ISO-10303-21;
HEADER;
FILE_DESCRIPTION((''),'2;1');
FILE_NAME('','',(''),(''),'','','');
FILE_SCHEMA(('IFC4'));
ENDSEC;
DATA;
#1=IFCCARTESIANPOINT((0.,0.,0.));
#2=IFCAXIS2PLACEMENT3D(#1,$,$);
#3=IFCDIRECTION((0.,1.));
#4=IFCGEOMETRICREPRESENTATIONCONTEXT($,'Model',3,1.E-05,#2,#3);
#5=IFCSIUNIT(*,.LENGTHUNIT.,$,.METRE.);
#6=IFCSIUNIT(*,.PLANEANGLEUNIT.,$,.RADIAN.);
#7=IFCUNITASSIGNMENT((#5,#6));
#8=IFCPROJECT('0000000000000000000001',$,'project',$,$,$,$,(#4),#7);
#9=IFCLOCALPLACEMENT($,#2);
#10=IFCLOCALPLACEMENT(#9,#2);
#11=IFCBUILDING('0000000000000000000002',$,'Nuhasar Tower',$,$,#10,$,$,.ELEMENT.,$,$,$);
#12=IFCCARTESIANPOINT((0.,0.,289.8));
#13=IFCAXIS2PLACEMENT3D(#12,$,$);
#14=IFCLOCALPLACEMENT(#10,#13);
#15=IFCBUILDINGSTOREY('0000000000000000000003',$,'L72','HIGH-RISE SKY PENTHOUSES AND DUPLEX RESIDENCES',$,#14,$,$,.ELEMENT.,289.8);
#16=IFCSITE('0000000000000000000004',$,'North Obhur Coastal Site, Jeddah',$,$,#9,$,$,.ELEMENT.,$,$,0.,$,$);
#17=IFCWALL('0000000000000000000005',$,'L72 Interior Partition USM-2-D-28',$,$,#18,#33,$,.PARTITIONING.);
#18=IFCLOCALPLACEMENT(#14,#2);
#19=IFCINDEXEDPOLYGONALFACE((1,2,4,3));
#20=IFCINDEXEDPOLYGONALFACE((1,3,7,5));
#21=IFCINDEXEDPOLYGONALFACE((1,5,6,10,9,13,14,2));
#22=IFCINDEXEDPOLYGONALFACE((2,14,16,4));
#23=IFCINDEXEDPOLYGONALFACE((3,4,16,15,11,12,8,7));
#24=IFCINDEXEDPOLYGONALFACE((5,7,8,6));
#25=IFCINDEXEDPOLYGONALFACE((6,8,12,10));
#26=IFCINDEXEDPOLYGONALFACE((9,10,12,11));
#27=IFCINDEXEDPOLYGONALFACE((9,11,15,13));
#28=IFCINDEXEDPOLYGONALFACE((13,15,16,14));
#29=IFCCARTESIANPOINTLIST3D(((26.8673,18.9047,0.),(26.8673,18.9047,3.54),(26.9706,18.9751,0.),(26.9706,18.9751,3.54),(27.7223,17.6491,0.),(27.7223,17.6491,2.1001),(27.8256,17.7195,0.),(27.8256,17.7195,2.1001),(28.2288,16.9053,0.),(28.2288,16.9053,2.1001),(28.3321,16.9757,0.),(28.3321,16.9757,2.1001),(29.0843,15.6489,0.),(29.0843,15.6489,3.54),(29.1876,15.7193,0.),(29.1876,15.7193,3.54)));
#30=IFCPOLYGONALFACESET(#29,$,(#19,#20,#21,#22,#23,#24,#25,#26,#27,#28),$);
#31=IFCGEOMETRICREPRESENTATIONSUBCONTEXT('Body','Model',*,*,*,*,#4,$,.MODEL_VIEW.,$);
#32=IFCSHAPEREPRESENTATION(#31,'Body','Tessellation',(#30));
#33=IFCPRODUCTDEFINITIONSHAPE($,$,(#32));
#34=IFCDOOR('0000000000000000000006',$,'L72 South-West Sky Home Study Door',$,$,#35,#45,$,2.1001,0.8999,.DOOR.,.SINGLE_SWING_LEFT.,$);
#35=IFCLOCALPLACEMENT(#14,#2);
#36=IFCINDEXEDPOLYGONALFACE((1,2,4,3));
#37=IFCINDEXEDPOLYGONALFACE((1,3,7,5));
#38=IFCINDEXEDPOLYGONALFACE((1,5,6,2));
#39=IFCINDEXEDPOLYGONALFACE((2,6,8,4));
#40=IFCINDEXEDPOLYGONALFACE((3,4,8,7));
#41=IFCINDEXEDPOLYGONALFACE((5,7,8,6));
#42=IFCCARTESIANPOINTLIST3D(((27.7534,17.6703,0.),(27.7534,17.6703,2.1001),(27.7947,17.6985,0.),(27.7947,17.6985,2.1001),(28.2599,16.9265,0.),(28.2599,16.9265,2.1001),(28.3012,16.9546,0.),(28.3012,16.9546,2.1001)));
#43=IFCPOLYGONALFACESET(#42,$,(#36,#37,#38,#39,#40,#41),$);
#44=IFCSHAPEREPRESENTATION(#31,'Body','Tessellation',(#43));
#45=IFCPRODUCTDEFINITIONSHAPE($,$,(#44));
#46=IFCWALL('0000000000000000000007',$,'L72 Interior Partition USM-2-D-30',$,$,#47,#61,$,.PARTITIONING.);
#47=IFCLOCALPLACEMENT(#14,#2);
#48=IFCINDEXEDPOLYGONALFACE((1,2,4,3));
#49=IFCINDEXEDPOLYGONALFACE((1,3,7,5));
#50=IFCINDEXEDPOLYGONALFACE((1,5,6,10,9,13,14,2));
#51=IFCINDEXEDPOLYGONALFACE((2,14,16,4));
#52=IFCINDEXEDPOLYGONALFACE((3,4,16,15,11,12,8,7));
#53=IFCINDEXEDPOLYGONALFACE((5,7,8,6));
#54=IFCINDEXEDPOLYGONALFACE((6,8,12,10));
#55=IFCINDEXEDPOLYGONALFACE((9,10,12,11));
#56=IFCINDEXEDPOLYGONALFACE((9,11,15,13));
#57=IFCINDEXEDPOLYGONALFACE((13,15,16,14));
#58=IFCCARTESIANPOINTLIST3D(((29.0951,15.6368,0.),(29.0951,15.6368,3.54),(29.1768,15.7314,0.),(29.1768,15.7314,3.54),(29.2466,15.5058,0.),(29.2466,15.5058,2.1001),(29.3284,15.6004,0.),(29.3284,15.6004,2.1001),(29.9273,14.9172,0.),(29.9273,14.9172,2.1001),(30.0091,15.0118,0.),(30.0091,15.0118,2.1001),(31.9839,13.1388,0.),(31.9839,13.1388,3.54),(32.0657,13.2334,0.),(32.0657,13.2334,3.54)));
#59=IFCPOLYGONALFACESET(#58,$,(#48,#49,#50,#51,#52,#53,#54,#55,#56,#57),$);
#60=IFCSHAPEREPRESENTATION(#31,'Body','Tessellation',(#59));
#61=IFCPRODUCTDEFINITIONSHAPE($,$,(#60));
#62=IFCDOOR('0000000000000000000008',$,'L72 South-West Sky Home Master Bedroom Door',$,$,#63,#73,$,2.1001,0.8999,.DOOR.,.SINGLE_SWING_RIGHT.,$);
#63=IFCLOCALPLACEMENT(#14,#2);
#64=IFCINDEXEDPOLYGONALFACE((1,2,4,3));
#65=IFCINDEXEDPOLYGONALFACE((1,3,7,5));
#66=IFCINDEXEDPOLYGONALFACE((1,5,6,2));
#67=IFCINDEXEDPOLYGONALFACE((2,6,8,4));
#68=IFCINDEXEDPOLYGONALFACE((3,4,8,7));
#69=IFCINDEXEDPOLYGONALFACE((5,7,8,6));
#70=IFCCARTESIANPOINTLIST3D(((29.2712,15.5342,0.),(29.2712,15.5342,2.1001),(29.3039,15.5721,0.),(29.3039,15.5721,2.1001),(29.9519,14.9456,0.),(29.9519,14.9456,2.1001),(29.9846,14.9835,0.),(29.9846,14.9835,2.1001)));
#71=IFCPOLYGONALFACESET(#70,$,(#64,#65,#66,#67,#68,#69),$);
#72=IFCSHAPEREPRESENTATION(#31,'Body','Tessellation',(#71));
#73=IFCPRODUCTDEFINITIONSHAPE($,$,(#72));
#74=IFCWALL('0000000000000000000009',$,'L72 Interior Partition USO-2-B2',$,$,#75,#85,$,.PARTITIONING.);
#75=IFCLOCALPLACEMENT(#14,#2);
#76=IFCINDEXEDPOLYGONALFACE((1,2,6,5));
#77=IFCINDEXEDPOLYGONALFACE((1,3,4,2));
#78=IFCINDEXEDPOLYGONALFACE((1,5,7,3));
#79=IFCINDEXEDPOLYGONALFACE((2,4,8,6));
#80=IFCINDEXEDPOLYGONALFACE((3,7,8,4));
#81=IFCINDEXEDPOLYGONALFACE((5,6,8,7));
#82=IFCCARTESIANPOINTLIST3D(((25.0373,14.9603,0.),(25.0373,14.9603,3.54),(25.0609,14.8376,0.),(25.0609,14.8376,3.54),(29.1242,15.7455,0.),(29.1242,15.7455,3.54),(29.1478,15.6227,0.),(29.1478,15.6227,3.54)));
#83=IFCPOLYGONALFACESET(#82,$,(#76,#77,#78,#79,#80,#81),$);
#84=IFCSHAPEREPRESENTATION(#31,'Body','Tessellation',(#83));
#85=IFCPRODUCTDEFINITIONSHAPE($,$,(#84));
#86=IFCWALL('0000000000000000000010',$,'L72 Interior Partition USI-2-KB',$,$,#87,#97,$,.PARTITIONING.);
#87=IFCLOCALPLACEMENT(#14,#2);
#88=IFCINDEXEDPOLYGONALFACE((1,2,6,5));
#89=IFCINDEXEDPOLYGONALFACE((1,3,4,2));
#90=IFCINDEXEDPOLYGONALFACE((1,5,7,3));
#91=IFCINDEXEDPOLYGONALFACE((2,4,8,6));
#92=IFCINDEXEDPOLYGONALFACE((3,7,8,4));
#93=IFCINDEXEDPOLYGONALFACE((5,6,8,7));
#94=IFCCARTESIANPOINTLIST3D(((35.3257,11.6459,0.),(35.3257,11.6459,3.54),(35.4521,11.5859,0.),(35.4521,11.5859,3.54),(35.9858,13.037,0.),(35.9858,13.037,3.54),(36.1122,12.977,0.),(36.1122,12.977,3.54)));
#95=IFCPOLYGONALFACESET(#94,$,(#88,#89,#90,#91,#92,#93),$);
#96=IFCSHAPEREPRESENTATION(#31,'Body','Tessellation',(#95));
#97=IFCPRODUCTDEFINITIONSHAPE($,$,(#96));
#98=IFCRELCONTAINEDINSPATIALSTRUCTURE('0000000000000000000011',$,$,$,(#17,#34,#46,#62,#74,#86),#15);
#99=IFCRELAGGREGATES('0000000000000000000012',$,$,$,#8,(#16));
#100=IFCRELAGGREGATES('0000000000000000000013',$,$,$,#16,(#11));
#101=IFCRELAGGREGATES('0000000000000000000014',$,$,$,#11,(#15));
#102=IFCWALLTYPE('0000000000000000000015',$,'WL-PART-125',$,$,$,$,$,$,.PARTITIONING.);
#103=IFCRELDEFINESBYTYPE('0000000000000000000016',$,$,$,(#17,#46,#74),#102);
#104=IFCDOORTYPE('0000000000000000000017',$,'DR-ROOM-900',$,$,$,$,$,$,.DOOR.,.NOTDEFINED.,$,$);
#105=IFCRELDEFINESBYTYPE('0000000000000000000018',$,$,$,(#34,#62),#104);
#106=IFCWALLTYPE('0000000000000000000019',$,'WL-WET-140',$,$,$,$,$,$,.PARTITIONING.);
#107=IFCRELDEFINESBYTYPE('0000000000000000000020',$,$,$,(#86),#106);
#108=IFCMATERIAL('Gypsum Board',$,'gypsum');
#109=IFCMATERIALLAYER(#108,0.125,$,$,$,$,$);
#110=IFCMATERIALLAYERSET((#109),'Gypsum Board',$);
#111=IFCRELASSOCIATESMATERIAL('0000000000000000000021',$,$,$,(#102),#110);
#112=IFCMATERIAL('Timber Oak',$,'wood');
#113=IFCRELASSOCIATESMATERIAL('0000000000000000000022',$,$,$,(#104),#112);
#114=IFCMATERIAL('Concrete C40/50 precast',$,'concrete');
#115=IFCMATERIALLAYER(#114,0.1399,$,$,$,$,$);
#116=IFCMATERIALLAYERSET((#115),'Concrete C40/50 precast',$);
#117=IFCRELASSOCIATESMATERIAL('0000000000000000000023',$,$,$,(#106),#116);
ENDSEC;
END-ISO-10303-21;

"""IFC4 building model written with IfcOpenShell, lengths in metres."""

from ifc_helpers import new_model, si_unit, direction, frame, frame_2d, origin, place, context, subcontext, project, spatial, rectangle, extrude, material, layer, layer_set, type_object, element, fill, save


model = new_model("IFC4")

# Units and contexts
model_context = context("Model", 3, precision=1e-05, world=origin(), true_north=direction((0.0, 1.0)))
body_context = subcontext(model_context, "Body", "Model", "MODEL_VIEW")
ifc_project = project(units=[si_unit("LENGTHUNIT", "METRE"), si_unit("PLANEANGLEUNIT", "RADIAN")], contexts=[model_context])

# Site, building, storey
site_placement = place(None, origin())
site = spatial("IfcSite", under=ifc_project, at=site_placement, Name="North Obhur Coastal Site, Jeddah", CompositionType="ELEMENT", RefElevation=0.0)
building_placement = place(site_placement, origin())
building = spatial("IfcBuilding", under=site, at=building_placement, Name="Nuhasar Tower", CompositionType="ELEMENT")
storey_placement = place(building_placement, frame((0.0, 0.0, 289.8)))
storey = spatial("IfcBuildingStorey", under=building, at=storey_placement, Name="L72", Description="HIGH-RISE SKY PENTHOUSES AND DUPLEX RESIDENCES", CompositionType="ELEMENT", Elevation=289.8)

# Shared definitions
ifc_material_1 = material(Name="Gypsum Board", Category="gypsum")

# Shared definitions
ifc_layer_1 = layer(ifc_material_1, 0.125)
ifc_layer_set_1 = layer_set([ifc_layer_1], Name="Gypsum Board")
wall_type_1 = type_object("IfcWallType", Name="WL-PART-125", PredefinedType="PARTITIONING", material=ifc_layer_set_1)
ifc_material_2 = material(Name="Timber Oak", Category="wood")
door_type = type_object("IfcDoorType", Name="DR-ROOM-900", OperationType="NOTDEFINED", PredefinedType="DOOR", material=ifc_material_2)

# Walls, openings, doors
wall_1_placement = place(storey_placement, frame((29.136, 15.6841, 0.0), z_axis=(0.0, 0.0, 1.0), x_axis=(-0.562841, 0.826566, 0.0)))
wall_1 = element("IfcWall", 1, at=wall_1_placement, inside=storey, type_object=wall_type_1, Name="L72 Interior Partition USM-2-D-28", PredefinedType="PARTITIONING", context=body_context, shape_type="SweptSolid", body=[
    extrude(rectangle(XDim=3.939, YDim=0.125, at=frame_2d((1.9695, 0.0))), origin(), (0.0, 0.0, 1.0), 3.54),
])
opening_1_placement = place(wall_1_placement, frame((1.52, 0.0, 0.0)))
opening_1 = element("IfcOpeningElement", 2, at=opening_1_placement, cuts=wall_1, PredefinedType="OPENING", context=body_context, shape_type="SweptSolid", body=[
    extrude(rectangle(XDim=0.8999, YDim=2.1001, at=frame_2d((0.45, 1.05))), frame((0.0, 0.0725, 0.0), z_axis=(0.0, -1.0, 0.0), x_axis=(1.0, 0.0, 0.0)), (0.0, 0.0, 1.0), 0.145),
])
door_1_placement = place(opening_1_placement, origin())
door_1 = element("IfcDoor", 3, at=door_1_placement, inside=storey, type_object=door_type, Name="L72 South-West Sky Home Study Door", OperationType="SINGLE_SWING_LEFT", OverallHeight=2.1001, OverallWidth=0.8999, PredefinedType="DOOR", context=body_context, shape_type="SweptSolid", body=[
    extrude(rectangle(XDim=0.8999, YDim=2.1001, at=frame_2d((0.45, 1.05))), frame((0.0, 0.0249, 0.0), z_axis=(0.0, -1.0, 0.0), x_axis=(1.0, 0.0, 0.0)), (0.0, 0.0, 1.0), 0.05),
])
fill(opening_1, door_1)
wall_2_placement = place(storey_placement, frame((32.0249, 13.186, 0.0), z_axis=(0.0, 0.0, 1.0), x_axis=(-0.756425, 0.654081, 0.0)))
wall_2 = element("IfcWall", 4, at=wall_2_placement, inside=storey, type_object=wall_type_1, Name="L72 Interior Partition USM-2-D-30", PredefinedType="PARTITIONING", context=body_context, shape_type="SweptSolid", body=[
    extrude(rectangle(XDim=3.8191, YDim=0.125, at=frame_2d((1.9097, 0.0))), origin(), (0.0, 0.0, 1.0), 3.54),
])
opening_2_placement = place(wall_2_placement, frame((2.719, 0.0, 0.0)))
opening_2 = element("IfcOpeningElement", 5, at=opening_2_placement, cuts=wall_2, PredefinedType="OPENING", context=body_context, shape_type="SweptSolid", body=[
    extrude(rectangle(XDim=0.8999, YDim=2.1001, at=frame_2d((0.45, 1.05))), frame((0.0, 0.0725, 0.0), z_axis=(0.0, -1.0, 0.0), x_axis=(1.0, 0.0, 0.0)), (0.0, 0.0, 1.0), 0.145),
])
door_2_placement = place(opening_2_placement, origin())
door_2 = element("IfcDoor", 6, at=door_2_placement, inside=storey, type_object=door_type, Name="L72 South-West Sky Home Master Bedroom Door", OperationType="SINGLE_SWING_RIGHT", OverallHeight=2.1001, OverallWidth=0.8999, PredefinedType="DOOR", context=body_context, shape_type="SweptSolid", body=[
    extrude(rectangle(XDim=0.8999, YDim=2.1001, at=frame_2d((0.45, 1.05))), frame((0.0, 0.0249, 0.0), z_axis=(0.0, -1.0, 0.0), x_axis=(1.0, 0.0, 0.0)), (0.0, 0.0, 1.0), 0.05),
])
fill(opening_2, door_2)

# Walls
wall_3_placement = place(storey_placement, frame((29.136, 15.6841, 0.0), z_axis=(0.0, 0.0, 1.0), x_axis=(-0.982042, -0.188665, 0.0)))
element("IfcWall", 7, at=wall_3_placement, inside=storey, type_object=wall_type_1, Name="L72 Interior Partition USO-2-B2", PredefinedType="PARTITIONING", context=body_context, shape_type="SweptSolid", body=[
    extrude(rectangle(XDim=4.1616, YDim=0.125, at=frame_2d((2.0808, 0.0))), origin(), (0.0, 0.0, 1.0), 3.54),
])
ifc_material_3 = material(Name="Concrete C40/50 precast", Category="concrete")
ifc_layer_2 = layer(ifc_material_3, 0.1399)
ifc_layer_set_2 = layer_set([ifc_layer_2], Name="Concrete C40/50 precast")
wall_type_2 = type_object("IfcWallType", Name="WL-WET-140", PredefinedType="PARTITIONING", material=ifc_layer_set_2)
wall_4_placement = place(storey_placement, frame((36.0491, 13.0071, 0.0), z_axis=(0.0, 0.0, 1.0), x_axis=(-0.428727, -0.903434, 0.0)))
element("IfcWall", 8, at=wall_4_placement, inside=storey, type_object=wall_type_2, Name="L72 Interior Partition USI-2-KB", PredefinedType="PARTITIONING", context=body_context, shape_type="SweptSolid", body=[
    extrude(rectangle(XDim=1.5398, YDim=0.1399, at=frame_2d((0.77, 0.0))), origin(), (0.0, 0.0, 1.0), 3.54),
])

save(model, "model.ifc")
